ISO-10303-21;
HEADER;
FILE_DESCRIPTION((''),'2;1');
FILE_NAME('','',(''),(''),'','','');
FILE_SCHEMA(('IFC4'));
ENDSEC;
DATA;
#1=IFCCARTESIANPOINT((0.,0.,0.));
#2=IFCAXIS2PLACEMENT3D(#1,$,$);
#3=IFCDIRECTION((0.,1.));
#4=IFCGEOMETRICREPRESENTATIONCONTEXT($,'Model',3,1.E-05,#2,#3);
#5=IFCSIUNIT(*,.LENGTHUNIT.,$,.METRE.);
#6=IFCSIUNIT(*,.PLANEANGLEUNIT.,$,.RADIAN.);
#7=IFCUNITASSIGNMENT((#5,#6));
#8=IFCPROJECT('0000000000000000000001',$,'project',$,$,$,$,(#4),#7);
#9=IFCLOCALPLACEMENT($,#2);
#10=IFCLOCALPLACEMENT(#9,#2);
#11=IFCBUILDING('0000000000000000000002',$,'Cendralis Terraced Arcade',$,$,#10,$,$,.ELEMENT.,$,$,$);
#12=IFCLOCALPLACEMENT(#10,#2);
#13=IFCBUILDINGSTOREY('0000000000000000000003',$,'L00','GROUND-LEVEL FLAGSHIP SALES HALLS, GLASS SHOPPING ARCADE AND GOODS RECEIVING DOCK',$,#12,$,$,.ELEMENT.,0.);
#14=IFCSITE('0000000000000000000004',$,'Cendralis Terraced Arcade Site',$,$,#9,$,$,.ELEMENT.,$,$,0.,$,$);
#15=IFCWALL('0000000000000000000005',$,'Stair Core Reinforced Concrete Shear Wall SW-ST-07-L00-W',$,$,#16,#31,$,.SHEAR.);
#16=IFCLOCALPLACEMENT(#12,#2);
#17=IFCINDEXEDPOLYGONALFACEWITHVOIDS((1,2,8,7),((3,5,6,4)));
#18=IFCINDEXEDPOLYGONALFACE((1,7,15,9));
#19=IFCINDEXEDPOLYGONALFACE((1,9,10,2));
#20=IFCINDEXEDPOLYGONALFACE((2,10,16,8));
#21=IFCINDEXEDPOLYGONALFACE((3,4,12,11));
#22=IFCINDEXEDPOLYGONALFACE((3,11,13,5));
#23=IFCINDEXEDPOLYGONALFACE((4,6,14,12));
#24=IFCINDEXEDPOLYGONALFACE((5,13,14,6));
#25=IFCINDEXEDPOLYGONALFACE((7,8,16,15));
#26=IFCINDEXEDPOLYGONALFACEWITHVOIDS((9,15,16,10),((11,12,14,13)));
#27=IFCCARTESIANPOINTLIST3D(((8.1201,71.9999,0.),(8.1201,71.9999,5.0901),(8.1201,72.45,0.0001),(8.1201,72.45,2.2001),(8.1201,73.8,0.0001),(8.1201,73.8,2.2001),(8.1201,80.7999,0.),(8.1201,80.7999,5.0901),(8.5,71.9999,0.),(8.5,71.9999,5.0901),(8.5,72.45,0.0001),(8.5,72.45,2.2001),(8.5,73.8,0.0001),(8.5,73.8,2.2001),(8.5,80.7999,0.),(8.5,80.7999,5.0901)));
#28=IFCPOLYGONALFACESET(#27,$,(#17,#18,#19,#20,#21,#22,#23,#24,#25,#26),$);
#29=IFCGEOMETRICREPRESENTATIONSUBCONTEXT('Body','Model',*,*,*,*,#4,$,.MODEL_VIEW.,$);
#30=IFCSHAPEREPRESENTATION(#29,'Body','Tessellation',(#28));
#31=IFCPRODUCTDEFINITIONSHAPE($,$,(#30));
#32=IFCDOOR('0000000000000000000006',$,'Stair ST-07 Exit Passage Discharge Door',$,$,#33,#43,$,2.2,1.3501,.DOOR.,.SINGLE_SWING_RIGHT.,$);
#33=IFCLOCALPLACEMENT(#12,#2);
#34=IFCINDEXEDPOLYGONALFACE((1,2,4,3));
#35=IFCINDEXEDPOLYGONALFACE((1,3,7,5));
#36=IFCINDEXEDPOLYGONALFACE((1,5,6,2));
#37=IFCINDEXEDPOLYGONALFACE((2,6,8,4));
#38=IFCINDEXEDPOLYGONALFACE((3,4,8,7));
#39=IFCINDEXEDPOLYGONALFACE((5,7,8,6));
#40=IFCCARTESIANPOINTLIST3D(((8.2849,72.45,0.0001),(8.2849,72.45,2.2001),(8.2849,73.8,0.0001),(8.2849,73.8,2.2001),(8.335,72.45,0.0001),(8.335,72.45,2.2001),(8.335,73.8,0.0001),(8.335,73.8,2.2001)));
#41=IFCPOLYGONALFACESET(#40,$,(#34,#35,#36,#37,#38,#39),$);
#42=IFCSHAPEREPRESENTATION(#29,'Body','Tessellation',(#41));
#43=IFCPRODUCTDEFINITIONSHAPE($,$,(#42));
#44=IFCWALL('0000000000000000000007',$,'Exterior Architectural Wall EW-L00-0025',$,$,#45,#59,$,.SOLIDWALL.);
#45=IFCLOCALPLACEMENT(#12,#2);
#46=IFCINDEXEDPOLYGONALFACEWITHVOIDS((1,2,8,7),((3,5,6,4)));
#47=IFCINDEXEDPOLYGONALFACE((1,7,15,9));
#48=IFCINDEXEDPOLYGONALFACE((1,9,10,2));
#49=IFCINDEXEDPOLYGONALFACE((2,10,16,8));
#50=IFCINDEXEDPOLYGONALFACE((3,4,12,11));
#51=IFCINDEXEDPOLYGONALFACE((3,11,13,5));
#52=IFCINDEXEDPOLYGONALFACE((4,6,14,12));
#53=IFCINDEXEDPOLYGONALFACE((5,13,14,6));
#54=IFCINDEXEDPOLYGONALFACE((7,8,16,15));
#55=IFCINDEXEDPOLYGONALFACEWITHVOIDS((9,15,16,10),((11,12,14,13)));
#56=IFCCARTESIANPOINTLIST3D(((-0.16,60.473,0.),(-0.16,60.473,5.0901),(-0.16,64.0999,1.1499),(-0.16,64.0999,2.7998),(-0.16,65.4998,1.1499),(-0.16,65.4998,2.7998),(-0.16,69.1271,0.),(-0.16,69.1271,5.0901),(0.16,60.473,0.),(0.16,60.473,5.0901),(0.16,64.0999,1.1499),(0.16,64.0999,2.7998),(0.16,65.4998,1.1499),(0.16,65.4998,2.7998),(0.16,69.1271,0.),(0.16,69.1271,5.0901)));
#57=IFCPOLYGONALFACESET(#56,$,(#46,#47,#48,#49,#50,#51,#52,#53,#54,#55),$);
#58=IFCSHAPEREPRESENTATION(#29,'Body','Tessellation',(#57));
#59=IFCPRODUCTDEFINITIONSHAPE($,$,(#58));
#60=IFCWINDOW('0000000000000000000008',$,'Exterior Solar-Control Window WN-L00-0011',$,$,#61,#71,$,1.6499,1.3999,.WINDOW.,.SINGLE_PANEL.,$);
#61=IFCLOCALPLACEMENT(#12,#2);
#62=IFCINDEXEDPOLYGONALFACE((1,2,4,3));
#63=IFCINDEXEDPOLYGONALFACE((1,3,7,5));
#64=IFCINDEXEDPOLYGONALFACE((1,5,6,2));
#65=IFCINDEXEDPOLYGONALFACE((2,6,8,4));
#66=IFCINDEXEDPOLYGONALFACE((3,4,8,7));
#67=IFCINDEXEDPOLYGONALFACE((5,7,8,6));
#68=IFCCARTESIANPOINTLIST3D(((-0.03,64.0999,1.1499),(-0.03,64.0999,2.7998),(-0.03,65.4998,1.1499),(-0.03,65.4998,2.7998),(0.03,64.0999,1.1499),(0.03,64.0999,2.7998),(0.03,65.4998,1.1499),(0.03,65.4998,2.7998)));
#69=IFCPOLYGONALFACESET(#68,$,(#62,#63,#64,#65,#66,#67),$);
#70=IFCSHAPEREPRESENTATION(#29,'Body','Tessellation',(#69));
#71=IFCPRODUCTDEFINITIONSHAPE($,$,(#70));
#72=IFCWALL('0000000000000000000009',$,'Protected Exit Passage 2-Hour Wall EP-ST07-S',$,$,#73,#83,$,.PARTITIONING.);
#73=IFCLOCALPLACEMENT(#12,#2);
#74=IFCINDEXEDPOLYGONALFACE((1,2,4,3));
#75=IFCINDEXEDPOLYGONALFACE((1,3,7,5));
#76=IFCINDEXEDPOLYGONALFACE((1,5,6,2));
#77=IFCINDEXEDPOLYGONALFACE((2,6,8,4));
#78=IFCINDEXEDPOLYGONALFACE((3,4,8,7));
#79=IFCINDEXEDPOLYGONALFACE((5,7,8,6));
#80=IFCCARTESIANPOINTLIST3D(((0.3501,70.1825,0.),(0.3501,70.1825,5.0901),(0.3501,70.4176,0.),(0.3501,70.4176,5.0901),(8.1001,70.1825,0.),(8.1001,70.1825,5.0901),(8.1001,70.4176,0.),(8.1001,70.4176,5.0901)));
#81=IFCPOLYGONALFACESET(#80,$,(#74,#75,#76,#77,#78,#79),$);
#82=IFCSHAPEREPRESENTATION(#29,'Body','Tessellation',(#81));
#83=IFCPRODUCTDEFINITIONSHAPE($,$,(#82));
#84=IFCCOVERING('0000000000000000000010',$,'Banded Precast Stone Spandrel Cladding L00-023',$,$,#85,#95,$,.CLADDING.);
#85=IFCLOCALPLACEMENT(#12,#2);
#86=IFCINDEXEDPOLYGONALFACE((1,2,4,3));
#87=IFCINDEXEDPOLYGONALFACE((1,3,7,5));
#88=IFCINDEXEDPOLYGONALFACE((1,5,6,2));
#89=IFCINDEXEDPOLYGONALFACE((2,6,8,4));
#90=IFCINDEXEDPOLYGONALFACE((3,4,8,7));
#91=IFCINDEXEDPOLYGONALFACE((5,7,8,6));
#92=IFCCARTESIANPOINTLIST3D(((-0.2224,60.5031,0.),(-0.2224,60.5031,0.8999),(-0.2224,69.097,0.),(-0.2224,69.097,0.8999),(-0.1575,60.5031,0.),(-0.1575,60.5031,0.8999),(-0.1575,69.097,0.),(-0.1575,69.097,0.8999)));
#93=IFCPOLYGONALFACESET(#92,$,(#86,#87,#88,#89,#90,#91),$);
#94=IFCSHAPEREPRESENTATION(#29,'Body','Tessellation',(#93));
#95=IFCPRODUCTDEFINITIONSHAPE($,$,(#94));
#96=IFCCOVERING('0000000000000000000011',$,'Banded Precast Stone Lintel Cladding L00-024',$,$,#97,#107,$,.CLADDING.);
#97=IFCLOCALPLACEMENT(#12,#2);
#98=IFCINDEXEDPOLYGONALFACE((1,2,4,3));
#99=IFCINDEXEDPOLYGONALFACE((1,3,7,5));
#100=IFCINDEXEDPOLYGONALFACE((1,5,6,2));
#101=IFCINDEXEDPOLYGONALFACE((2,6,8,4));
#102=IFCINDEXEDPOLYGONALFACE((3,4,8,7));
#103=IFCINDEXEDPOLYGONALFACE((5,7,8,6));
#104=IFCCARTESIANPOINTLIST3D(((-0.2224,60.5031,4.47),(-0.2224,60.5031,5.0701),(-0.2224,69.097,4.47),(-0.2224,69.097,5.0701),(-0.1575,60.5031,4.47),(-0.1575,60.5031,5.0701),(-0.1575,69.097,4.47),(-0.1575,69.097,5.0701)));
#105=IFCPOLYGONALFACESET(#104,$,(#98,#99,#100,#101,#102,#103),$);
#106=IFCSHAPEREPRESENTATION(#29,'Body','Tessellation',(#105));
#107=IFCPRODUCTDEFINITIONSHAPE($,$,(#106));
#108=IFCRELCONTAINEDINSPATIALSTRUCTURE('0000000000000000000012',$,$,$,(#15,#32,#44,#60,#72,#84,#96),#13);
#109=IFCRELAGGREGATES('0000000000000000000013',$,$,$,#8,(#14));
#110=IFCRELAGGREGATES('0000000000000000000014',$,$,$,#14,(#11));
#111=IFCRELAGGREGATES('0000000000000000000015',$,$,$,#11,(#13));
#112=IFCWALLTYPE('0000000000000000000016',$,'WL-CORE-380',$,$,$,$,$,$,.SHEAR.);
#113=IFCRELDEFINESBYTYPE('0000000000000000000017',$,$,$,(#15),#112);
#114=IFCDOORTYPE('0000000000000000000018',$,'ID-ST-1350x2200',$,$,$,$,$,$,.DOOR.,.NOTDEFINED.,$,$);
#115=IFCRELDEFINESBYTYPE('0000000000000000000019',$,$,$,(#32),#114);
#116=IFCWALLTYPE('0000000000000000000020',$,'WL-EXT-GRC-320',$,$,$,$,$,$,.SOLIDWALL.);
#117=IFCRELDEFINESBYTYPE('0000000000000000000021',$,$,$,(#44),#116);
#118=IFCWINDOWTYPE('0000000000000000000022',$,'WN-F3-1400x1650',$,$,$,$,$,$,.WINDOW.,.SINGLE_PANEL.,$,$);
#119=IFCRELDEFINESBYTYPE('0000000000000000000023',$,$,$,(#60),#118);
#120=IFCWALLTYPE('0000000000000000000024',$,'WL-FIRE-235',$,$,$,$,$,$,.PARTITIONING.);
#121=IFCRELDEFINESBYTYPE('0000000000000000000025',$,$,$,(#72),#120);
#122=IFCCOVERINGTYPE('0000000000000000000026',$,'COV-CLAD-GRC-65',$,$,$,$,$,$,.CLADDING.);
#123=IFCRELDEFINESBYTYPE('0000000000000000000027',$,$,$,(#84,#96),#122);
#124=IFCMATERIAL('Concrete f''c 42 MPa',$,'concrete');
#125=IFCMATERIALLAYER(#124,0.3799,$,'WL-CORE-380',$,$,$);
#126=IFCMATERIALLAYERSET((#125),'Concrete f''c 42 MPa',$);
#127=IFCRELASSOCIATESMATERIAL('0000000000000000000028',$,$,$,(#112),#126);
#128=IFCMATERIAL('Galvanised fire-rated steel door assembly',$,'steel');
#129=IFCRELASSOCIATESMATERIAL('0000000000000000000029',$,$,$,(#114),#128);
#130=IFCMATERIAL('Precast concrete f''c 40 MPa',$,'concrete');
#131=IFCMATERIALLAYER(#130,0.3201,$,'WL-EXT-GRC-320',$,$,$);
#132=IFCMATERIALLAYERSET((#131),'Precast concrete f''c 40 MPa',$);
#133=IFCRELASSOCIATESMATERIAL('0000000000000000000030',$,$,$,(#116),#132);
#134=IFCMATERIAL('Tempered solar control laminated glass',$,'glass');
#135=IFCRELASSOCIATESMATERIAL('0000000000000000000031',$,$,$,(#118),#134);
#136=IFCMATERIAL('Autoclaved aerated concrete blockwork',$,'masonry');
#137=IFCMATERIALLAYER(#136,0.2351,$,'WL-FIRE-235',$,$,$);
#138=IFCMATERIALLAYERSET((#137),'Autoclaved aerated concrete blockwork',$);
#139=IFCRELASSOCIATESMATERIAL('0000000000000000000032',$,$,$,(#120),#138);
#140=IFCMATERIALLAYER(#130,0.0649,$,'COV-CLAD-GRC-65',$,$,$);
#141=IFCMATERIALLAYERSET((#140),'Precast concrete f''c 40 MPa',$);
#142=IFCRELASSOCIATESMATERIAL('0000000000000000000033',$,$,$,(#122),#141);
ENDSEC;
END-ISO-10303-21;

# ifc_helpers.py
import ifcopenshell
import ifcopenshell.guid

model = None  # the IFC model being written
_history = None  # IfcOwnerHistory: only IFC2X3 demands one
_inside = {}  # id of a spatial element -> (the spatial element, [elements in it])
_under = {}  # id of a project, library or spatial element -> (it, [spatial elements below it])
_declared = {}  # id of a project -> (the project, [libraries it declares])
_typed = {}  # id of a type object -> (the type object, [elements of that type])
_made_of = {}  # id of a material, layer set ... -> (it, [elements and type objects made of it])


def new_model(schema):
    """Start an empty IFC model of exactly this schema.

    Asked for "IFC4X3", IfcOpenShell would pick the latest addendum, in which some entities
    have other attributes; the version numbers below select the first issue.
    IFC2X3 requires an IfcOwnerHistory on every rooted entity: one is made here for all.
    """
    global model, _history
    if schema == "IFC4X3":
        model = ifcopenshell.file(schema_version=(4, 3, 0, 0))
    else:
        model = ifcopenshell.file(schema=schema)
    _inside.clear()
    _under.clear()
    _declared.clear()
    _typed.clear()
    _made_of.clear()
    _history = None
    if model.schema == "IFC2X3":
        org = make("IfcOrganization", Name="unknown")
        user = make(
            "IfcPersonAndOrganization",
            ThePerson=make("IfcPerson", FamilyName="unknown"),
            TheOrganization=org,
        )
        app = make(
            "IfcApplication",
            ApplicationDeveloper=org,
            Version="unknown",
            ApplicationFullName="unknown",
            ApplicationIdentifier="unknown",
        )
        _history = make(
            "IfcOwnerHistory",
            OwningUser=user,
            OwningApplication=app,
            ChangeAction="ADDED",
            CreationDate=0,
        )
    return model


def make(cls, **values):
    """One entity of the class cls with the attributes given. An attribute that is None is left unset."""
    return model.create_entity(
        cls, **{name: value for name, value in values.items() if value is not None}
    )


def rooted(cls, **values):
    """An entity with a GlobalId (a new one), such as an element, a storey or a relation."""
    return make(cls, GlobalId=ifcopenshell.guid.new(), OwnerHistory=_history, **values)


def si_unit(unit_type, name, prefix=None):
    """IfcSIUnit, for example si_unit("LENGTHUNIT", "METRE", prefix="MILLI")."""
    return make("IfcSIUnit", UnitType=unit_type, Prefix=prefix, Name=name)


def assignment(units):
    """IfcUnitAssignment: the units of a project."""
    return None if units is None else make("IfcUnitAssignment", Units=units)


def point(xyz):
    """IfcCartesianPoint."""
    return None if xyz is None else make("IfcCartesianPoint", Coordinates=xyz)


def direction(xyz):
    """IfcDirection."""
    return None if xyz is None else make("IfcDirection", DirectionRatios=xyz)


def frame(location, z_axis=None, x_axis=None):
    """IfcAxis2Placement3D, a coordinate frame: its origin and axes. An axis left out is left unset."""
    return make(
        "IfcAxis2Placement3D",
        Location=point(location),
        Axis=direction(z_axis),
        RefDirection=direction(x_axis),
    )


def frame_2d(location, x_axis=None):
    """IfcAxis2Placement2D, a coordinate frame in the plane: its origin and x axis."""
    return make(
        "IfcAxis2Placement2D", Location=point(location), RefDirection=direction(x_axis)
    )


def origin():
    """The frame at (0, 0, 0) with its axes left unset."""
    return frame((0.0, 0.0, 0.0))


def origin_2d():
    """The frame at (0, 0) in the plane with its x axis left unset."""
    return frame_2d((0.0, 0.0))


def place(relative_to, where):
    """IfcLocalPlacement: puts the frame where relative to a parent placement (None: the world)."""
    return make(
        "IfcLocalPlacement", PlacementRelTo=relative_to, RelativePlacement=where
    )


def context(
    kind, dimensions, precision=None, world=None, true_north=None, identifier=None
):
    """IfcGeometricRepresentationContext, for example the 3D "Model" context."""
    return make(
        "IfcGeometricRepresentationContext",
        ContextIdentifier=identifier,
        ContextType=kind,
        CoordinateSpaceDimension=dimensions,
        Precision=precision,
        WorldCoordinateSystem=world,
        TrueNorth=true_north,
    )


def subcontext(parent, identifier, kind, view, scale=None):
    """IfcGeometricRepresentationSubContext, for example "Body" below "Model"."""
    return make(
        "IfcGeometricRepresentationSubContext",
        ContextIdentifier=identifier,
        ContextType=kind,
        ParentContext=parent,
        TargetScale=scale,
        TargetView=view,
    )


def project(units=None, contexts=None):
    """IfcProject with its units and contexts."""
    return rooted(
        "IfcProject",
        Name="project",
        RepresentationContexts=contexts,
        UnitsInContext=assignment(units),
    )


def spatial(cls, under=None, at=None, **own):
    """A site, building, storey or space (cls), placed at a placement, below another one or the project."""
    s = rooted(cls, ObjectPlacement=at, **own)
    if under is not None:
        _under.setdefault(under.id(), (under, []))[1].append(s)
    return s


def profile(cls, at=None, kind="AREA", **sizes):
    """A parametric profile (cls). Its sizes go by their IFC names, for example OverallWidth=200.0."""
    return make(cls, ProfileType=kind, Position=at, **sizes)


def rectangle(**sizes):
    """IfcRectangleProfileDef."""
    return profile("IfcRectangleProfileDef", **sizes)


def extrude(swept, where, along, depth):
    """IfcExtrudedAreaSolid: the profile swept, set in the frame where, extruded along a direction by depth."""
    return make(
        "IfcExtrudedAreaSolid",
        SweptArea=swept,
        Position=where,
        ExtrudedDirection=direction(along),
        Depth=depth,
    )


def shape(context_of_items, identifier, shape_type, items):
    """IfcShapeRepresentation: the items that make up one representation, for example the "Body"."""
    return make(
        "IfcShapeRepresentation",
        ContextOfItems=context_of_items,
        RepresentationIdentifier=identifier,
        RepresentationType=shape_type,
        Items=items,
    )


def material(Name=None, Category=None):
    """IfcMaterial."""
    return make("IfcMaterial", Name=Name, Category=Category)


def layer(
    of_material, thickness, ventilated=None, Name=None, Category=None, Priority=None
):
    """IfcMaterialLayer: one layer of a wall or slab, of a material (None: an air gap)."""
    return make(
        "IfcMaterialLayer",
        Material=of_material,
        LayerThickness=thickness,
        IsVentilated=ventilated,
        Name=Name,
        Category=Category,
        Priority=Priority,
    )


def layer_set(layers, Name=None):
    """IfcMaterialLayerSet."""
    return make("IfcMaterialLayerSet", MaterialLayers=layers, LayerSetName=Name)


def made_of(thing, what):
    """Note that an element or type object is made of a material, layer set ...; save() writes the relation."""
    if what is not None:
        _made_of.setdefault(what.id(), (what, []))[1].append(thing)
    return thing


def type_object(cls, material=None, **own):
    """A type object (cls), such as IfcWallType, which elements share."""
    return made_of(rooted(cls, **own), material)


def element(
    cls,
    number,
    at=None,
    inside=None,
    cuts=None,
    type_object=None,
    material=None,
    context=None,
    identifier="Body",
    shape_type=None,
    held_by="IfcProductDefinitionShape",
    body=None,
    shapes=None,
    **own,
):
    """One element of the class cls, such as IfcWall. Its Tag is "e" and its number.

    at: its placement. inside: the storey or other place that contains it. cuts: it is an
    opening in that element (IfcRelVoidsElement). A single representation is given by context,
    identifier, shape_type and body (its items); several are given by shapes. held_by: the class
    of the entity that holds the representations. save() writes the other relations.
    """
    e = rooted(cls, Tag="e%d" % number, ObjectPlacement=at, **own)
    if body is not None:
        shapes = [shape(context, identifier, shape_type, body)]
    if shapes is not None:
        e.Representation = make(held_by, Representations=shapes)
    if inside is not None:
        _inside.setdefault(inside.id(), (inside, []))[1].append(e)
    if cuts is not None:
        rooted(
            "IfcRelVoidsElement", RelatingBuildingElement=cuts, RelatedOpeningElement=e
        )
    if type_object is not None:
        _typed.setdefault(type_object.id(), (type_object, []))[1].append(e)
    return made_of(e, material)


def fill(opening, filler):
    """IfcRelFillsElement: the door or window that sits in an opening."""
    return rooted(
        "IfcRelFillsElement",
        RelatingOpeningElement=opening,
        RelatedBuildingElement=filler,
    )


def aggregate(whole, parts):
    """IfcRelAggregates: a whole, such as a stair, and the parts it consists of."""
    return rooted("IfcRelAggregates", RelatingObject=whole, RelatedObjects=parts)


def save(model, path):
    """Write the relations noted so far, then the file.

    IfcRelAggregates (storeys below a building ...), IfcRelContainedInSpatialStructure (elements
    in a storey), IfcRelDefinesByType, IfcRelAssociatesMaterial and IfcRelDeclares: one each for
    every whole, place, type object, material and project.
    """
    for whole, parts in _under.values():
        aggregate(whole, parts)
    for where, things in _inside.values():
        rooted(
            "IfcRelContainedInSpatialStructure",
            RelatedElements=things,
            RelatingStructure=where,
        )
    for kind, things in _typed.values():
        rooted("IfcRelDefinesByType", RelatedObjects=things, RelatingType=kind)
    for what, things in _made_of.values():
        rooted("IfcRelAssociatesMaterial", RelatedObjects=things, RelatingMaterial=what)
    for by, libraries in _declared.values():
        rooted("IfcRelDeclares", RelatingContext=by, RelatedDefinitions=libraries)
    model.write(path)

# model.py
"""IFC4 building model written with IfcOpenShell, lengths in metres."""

from ifc_helpers import new_model, si_unit, direction, frame, frame_2d, origin, origin_2d, place, context, subcontext, project, spatial, rectangle, extrude, material, layer, layer_set, type_object, element, fill, save


model = new_model("IFC4")

# Units and contexts
model_context = context("Model", 3, precision=1e-05, world=origin(), true_north=direction((0.0, 1.0)))
body_context = subcontext(model_context, "Body", "Model", "MODEL_VIEW")
ifc_project = project(units=[si_unit("LENGTHUNIT", "METRE"), si_unit("PLANEANGLEUNIT", "RADIAN")], contexts=[model_context])

# Site, building, storey
site_placement = place(None, origin())
site = spatial("IfcSite", under=ifc_project, at=site_placement, Name="Cendralis Terraced Arcade Site", CompositionType="ELEMENT", RefElevation=0.0)
building_placement = place(site_placement, origin())
building = spatial("IfcBuilding", under=site, at=building_placement, Name="Cendralis Terraced Arcade", CompositionType="ELEMENT")
storey_placement = place(building_placement, origin())
storey = spatial("IfcBuildingStorey", under=building, at=storey_placement, Name="L00", Description="GROUND-LEVEL FLAGSHIP SALES HALLS, GLASS SHOPPING ARCADE AND GOODS RECEIVING DOCK", CompositionType="ELEMENT", Elevation=0.0)

# Shared definitions
ifc_material_1 = material(Name="Concrete f'c 42 MPa", Category="concrete")

# Shared definitions
ifc_layer_1 = layer(ifc_material_1, 0.3799, Name="WL-CORE-380")
ifc_layer_set_1 = layer_set([ifc_layer_1], Name="Concrete f'c 42 MPa")
wall_type_1 = type_object("IfcWallType", Name="WL-CORE-380", PredefinedType="SHEAR", material=ifc_layer_set_1)

# Wall, opening, door
wall_1_placement = place(storey_placement, frame((8.3101, 72.0, 0.0), z_axis=(0.0, 0.0, 1.0), x_axis=(0.0, 1.0, 0.0)))
wall_1 = element("IfcWall", 1, at=wall_1_placement, inside=storey, type_object=wall_type_1, Name="Stair Core Reinforced Concrete Shear Wall SW-ST-07-L00-W", PredefinedType="SHEAR", context=body_context, shape_type="SweptSolid", body=[
    extrude(rectangle(XDim=8.8, YDim=0.3799, at=frame_2d((4.3999, 0.0))), origin(), (0.0, 0.0, 1.0), 5.0901),
])
opening_1_placement = place(wall_1_placement, frame((0.45, 0.0, 0.0)))
opening_1 = element("IfcOpeningElement", 2, at=opening_1_placement, cuts=wall_1, PredefinedType="OPENING", context=body_context, shape_type="SweptSolid", body=[
    extrude(rectangle(XDim=1.3501, YDim=2.2, at=frame_2d((0.675, 1.1001))), frame((0.0, 0.2019, 0.0), z_axis=(0.0, -1.0, 0.0), x_axis=(1.0, 0.0, 0.0)), (0.0, 0.0, 1.0), 0.4038),
])
ifc_material_2 = material(Name="Galvanised fire-rated steel door assembly", Category="steel")
door_type_1 = type_object("IfcDoorType", Name="ID-ST-1350x2200", OperationType="NOTDEFINED", PredefinedType="DOOR", material=ifc_material_2)
door_1_placement = place(opening_1_placement, frame((1.3501, 0.0, 0.0), z_axis=(0.0, 0.0, 1.0), x_axis=(-1.0, 0.0, 0.0)))
door_1 = element("IfcDoor", 3, at=door_1_placement, inside=storey, type_object=door_type_1, Name="Stair ST-07 Exit Passage Discharge Door", OperationType="SINGLE_SWING_RIGHT", OverallHeight=2.2, OverallWidth=1.3501, PredefinedType="DOOR", context=body_context, shape_type="SweptSolid", body=[
    extrude(rectangle(XDim=1.3501, YDim=2.2, at=frame_2d((0.675, 1.1001))), frame((0.0, 0.0249, 0.0), z_axis=(0.0, -1.0, 0.0), x_axis=(1.0, 0.0, 0.0)), (0.0, 0.0, 1.0), 0.05),
])
fill(opening_1, door_1)

# Wall, opening, window
ifc_material_3 = material(Name="Precast concrete f'c 40 MPa", Category="concrete")
ifc_layer_2 = layer(ifc_material_3, 0.3201, Name="WL-EXT-GRC-320")
ifc_layer_set_2 = layer_set([ifc_layer_2], Name="Precast concrete f'c 40 MPa")
wall_type_2 = type_object("IfcWallType", Name="WL-EXT-GRC-320", PredefinedType="SOLIDWALL", material=ifc_layer_set_2)
wall_2_placement = place(storey_placement, frame((0.0, 60.4729, 0.0), z_axis=(0.0, 0.0, 1.0), x_axis=(0.0, 1.0, 0.0)))
wall_2 = element("IfcWall", 4, at=wall_2_placement, inside=storey, type_object=wall_type_2, Name="Exterior Architectural Wall EW-L00-0025", PredefinedType="SOLIDWALL", context=body_context, shape_type="SweptSolid", body=[
    extrude(rectangle(XDim=8.6541, YDim=0.3201, at=frame_2d((4.3271, 0.0))), origin(), (0.0, 0.0, 1.0), 5.0901),
])
opening_2_placement = place(wall_2_placement, frame((3.627, 0.0, 1.1499)))
opening_2 = element("IfcOpeningElement", 5, at=opening_2_placement, cuts=wall_2, PredefinedType="OPENING", context=body_context, shape_type="SweptSolid", body=[
    extrude(rectangle(XDim=1.3999, YDim=1.6499, at=frame_2d((0.7, 0.825))), frame((0.0, 0.1719, 0.0), z_axis=(0.0, -1.0, 0.0), x_axis=(1.0, 0.0, 0.0)), (0.0, 0.0, 1.0), 0.344),
])
ifc_material_4 = material(Name="Tempered solar control laminated glass", Category="glass")
window_type = type_object("IfcWindowType", Name="WN-F3-1400x1650", PartitioningType="SINGLE_PANEL", PredefinedType="WINDOW", material=ifc_material_4)
window_placement = place(opening_2_placement, origin())
window = element("IfcWindow", 6, at=window_placement, inside=storey, type_object=window_type, Name="Exterior Solar-Control Window WN-L00-0011", OverallHeight=1.6499, OverallWidth=1.3999, PartitioningType="SINGLE_PANEL", PredefinedType="WINDOW", context=body_context, shape_type="SweptSolid", body=[
    extrude(rectangle(XDim=1.3999, YDim=1.6499, at=frame_2d((0.7, 0.825))), frame((0.0, 0.03, 0.0), z_axis=(0.0, -1.0, 0.0), x_axis=(1.0, 0.0, 0.0)), (0.0, 0.0, 1.0), 0.0601),
])
fill(opening_2, window)

# Wall
ifc_material_5 = material(Name="Autoclaved aerated concrete blockwork", Category="masonry")
ifc_layer_3 = layer(ifc_material_5, 0.2351, Name="WL-FIRE-235")
ifc_layer_set_3 = layer_set([ifc_layer_3], Name="Autoclaved aerated concrete blockwork")
wall_type_3 = type_object("IfcWallType", Name="WL-FIRE-235", PredefinedType="PARTITIONING", material=ifc_layer_set_3)
wall_3_placement = place(storey_placement, frame((0.3501, 70.3, 0.0), z_axis=(0.0, 0.0, 1.0), x_axis=(1.0, 0.0, 0.0)))
element("IfcWall", 7, at=wall_3_placement, inside=storey, type_object=wall_type_3, Name="Protected Exit Passage 2-Hour Wall EP-ST07-S", PredefinedType="PARTITIONING", context=body_context, shape_type="SweptSolid", body=[
    extrude(rectangle(XDim=7.75, YDim=0.2351, at=frame_2d((3.875, 0.0))), origin(), (0.0, 0.0, 1.0), 5.0901),
])

# Coverings
ifc_layer_4 = layer(ifc_material_3, 0.0649, Name="COV-CLAD-GRC-65")
ifc_layer_set_4 = layer_set([ifc_layer_4], Name="Precast concrete f'c 40 MPa")
covering_type = type_object("IfcCoveringType", Name="COV-CLAD-GRC-65", PredefinedType="CLADDING", material=ifc_layer_set_4)
covering_1_placement = place(storey_placement, frame((-0.1899, 64.8, 0.0), z_axis=(0.0, 0.0, 1.0), x_axis=(0.0, 1.0, 0.0)))
element("IfcCovering", 8, at=covering_1_placement, inside=storey, type_object=covering_type, Name="Banded Precast Stone Spandrel Cladding L00-023", PredefinedType="CLADDING", context=body_context, shape_type="SweptSolid", body=[
    extrude(rectangle(XDim=8.594, YDim=0.0649, at=origin_2d()), origin(), (0.0, 0.0, 1.0), 0.8999),
])
covering_2_placement = place(storey_placement, frame((-0.1899, 64.8, 4.47), z_axis=(0.0, 0.0, 1.0), x_axis=(0.0, 1.0, 0.0)))
element("IfcCovering", 9, at=covering_2_placement, inside=storey, type_object=covering_type, Name="Banded Precast Stone Lintel Cladding L00-024", PredefinedType="CLADDING", context=body_context, shape_type="SweptSolid", body=[
    extrude(rectangle(XDim=8.594, YDim=0.0649, at=origin_2d()), origin(), (0.0, 0.0, 1.0), 0.6001),
])

save(model, "model.ifc")
